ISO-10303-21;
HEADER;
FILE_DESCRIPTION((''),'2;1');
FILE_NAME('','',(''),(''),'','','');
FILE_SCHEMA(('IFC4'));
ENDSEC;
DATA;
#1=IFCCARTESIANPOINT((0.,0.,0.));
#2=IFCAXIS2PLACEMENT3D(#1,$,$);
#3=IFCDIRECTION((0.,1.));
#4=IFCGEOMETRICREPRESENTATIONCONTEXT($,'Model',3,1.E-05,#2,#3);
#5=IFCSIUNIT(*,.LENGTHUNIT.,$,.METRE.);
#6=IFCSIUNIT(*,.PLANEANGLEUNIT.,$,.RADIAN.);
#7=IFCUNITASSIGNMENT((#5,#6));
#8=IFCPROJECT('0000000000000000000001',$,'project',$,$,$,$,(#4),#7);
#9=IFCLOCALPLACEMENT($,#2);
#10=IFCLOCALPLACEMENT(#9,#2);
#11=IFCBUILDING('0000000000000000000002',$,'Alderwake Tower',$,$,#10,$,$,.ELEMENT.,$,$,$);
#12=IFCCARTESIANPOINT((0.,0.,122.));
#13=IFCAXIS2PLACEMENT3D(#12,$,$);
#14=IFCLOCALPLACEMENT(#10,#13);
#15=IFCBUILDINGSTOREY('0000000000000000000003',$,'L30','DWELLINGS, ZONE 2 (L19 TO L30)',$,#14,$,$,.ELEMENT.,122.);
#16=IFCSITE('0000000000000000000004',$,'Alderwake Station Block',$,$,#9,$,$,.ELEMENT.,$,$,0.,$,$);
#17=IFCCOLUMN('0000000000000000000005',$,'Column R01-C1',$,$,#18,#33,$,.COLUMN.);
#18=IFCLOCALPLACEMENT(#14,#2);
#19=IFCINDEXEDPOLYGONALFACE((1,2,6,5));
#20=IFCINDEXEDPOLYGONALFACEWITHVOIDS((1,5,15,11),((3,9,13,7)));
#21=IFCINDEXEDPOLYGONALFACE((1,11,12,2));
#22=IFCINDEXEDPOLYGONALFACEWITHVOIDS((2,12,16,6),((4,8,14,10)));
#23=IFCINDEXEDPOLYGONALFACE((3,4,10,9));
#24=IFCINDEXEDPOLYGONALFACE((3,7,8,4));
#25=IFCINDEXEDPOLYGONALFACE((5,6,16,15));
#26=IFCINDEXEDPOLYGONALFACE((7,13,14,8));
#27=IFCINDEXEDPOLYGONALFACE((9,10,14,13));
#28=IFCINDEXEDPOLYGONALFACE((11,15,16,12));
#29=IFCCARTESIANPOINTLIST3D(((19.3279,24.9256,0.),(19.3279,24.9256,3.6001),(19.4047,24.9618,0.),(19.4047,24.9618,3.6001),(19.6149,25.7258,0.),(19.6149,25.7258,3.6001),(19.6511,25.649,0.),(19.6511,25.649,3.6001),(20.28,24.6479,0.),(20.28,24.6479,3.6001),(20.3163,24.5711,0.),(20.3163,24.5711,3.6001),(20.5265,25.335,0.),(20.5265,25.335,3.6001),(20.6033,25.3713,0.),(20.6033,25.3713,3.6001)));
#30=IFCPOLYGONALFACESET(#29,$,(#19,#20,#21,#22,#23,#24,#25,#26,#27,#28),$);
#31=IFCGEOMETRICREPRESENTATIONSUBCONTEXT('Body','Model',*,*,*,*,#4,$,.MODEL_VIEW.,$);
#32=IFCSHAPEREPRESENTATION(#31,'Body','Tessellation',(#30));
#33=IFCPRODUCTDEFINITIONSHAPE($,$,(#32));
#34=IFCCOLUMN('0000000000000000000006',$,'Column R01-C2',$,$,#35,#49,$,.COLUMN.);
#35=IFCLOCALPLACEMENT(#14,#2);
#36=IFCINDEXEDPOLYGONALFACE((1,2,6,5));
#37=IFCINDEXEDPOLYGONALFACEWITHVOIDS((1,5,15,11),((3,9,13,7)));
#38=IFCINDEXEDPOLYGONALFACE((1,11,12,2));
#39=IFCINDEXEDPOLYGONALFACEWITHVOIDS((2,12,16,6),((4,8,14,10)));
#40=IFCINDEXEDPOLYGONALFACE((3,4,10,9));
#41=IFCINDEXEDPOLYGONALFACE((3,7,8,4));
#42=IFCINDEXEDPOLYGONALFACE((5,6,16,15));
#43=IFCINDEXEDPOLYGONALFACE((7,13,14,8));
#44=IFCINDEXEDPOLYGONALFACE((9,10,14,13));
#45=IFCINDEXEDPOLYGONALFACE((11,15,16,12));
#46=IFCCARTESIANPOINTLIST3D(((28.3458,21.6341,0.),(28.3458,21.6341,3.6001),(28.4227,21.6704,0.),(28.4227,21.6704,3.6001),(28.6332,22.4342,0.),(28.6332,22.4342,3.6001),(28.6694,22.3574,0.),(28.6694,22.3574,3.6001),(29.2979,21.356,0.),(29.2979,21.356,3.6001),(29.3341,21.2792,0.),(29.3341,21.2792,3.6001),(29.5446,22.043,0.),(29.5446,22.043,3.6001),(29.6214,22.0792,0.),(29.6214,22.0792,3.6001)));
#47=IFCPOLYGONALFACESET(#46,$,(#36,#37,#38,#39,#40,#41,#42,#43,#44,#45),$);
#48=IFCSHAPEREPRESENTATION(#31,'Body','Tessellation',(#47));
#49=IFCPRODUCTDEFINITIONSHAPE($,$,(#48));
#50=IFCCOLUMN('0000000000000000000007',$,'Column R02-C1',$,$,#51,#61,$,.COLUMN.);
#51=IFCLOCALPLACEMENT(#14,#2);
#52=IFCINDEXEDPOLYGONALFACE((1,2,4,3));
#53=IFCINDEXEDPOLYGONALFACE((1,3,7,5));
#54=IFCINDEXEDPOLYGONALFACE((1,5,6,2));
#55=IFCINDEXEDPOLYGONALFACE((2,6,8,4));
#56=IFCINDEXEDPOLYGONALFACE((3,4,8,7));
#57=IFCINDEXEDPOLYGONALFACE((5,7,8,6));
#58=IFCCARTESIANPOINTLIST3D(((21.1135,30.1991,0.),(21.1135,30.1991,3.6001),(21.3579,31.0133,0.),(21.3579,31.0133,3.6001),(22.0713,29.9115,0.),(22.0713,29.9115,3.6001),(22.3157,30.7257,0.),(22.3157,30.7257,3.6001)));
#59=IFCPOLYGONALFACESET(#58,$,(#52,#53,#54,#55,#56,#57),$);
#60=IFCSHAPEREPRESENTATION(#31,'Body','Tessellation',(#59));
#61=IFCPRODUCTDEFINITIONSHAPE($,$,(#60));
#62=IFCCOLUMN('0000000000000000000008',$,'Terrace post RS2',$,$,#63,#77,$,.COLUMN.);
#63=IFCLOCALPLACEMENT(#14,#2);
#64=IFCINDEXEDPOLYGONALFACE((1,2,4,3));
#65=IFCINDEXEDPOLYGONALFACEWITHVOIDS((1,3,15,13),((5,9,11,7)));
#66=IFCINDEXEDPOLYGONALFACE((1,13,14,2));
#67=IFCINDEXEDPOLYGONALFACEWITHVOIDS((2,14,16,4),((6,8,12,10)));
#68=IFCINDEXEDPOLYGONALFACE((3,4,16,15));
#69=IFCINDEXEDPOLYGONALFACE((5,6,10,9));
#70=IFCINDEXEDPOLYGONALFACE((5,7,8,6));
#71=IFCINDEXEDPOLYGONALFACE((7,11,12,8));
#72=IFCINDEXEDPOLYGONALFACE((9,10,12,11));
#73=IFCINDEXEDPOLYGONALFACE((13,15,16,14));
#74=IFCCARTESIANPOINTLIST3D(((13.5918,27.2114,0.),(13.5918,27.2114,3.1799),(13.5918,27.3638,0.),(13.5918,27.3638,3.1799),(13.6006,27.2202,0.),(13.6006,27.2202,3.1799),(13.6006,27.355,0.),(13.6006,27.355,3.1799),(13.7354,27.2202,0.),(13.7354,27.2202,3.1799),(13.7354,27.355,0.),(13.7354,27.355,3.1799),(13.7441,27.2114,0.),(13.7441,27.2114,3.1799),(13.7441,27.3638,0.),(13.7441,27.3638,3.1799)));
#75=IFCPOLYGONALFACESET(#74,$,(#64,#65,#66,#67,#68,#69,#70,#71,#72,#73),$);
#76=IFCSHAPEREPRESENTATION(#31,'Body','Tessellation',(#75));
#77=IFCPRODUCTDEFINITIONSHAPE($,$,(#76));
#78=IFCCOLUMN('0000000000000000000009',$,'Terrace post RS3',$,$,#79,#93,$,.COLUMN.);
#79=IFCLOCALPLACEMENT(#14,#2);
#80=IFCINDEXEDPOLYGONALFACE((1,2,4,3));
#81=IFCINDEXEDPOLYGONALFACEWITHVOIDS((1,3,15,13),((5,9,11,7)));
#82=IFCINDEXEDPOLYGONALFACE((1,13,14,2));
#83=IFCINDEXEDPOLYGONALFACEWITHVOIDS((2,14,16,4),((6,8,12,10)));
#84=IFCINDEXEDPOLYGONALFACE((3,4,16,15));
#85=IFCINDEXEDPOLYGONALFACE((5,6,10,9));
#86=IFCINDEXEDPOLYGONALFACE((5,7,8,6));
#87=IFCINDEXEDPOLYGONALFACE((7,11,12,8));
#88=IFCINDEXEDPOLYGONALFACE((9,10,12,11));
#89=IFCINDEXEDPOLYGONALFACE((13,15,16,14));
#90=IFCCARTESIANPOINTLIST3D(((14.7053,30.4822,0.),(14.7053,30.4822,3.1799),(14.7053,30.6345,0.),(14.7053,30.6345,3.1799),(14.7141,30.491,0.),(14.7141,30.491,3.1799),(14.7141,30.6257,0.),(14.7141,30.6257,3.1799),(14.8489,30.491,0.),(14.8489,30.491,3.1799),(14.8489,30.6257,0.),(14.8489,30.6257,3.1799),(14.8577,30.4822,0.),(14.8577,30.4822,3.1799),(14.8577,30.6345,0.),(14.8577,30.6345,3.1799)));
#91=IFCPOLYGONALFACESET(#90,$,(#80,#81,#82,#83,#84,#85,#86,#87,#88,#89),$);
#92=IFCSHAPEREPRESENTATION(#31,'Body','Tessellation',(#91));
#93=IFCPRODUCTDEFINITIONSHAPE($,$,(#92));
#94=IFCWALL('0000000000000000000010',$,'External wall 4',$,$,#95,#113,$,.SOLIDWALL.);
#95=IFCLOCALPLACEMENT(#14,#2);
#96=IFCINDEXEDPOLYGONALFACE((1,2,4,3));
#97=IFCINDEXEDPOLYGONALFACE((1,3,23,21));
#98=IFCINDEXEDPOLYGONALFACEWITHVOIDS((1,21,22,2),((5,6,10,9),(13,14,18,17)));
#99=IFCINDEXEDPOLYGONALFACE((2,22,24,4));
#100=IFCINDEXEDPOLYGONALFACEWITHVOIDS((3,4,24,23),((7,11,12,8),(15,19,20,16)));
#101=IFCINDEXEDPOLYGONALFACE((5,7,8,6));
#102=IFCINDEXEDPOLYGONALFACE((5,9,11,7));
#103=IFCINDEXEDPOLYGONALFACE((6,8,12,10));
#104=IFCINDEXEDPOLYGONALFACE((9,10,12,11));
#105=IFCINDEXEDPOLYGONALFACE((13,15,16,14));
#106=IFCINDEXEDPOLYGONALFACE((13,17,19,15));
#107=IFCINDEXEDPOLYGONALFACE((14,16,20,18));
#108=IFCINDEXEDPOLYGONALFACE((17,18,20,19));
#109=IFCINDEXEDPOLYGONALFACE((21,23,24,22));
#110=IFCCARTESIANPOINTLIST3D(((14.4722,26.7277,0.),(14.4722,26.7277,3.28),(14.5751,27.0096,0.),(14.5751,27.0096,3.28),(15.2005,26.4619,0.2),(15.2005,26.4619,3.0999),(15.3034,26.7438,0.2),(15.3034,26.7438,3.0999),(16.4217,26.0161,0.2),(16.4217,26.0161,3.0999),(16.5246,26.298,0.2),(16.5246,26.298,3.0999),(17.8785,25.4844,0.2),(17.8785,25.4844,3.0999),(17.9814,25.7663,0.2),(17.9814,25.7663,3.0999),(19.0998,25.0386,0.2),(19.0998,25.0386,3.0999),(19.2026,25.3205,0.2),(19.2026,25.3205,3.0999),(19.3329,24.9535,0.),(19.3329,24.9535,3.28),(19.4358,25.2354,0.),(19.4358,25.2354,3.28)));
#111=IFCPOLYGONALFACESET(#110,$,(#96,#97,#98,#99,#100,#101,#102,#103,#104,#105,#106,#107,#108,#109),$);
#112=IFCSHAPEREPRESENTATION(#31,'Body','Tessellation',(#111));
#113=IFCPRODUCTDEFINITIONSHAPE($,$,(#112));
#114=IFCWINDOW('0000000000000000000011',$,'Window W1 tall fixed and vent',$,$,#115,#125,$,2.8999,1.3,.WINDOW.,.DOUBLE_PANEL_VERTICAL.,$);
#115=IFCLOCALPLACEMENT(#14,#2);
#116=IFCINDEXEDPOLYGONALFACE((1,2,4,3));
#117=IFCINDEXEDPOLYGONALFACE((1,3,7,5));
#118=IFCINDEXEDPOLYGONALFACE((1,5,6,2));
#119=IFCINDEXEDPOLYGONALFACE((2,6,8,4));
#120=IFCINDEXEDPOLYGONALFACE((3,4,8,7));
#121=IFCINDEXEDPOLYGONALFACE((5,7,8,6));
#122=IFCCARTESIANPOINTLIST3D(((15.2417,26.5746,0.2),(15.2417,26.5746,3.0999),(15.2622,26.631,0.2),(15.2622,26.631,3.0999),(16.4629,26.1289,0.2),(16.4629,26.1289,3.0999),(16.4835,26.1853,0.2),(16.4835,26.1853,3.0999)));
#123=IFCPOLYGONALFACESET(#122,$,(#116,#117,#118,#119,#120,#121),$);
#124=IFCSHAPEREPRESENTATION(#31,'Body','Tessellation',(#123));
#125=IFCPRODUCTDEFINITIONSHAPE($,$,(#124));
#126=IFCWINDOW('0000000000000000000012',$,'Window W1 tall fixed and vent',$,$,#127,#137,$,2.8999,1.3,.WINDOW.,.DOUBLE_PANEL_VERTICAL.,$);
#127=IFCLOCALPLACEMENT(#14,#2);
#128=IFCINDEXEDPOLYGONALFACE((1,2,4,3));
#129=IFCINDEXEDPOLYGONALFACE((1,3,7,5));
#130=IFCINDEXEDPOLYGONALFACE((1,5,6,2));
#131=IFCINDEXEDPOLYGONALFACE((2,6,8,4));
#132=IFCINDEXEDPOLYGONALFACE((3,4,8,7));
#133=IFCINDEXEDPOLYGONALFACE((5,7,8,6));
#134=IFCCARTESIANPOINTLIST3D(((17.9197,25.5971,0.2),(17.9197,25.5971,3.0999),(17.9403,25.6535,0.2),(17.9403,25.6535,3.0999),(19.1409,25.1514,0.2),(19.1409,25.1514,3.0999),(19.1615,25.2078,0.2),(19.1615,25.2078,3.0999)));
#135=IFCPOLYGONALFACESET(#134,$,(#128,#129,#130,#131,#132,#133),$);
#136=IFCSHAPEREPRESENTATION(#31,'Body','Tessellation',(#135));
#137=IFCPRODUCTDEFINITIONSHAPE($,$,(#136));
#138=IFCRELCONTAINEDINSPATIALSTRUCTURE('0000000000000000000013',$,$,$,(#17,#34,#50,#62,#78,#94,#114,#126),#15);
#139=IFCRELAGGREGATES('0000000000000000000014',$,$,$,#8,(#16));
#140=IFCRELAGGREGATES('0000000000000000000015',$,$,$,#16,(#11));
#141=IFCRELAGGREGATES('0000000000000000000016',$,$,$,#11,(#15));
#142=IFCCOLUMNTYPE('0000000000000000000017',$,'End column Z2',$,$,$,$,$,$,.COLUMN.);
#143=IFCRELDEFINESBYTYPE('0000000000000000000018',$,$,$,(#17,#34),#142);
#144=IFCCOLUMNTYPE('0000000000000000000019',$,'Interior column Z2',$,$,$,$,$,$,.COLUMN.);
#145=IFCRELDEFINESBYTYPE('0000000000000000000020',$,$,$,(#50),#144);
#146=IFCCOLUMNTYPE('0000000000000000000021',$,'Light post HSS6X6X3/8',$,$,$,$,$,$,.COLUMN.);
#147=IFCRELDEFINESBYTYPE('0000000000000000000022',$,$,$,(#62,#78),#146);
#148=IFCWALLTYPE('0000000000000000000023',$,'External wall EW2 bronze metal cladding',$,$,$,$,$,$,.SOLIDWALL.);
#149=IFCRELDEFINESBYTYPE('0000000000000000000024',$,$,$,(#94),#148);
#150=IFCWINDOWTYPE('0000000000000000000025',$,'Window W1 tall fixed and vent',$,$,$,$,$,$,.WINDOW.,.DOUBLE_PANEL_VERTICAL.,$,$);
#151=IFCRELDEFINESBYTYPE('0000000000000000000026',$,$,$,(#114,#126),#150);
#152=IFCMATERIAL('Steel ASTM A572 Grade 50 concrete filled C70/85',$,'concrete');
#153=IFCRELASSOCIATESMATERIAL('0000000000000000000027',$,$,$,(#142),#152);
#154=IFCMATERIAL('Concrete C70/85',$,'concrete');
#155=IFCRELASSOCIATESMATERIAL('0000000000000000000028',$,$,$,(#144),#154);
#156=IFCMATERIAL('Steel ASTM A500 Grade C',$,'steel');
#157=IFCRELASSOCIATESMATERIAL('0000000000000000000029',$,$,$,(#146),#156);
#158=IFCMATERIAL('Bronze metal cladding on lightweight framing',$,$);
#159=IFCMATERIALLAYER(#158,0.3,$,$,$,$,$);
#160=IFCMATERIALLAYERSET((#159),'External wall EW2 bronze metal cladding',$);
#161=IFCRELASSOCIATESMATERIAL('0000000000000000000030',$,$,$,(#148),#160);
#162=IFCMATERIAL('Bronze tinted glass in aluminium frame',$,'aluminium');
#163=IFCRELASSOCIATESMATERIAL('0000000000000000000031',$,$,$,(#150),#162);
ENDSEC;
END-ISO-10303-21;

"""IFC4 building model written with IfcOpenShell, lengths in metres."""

from ifc_helpers import new_model, si_unit, direction, frame, frame_2d, origin, origin_2d, place, context, subcontext, project, spatial, rectangle, hollow_rectangle, extrude, material, layer, layer_set, material_profile, profile_set, type_object, element, fill, save


model = new_model("IFC4")

# Units and contexts
model_context = context("Model", 3, precision=1e-05, world=origin(), true_north=direction((0.0, 1.0)))
body_context = subcontext(model_context, "Body", "Model", "MODEL_VIEW")
ifc_project = project(units=[si_unit("LENGTHUNIT", "METRE"), si_unit("PLANEANGLEUNIT", "RADIAN")], contexts=[model_context])

# Site, building, storey
site_placement = place(None, origin())
site = spatial("IfcSite", under=ifc_project, at=site_placement, Name="Alderwake Station Block", CompositionType="ELEMENT", RefElevation=0.0)
building_placement = place(site_placement, origin())
building = spatial("IfcBuilding", under=site, at=building_placement, Name="Alderwake Tower", CompositionType="ELEMENT")
storey_placement = place(building_placement, frame((0.0, 0.0, 122.0)))
storey = spatial("IfcBuildingStorey", under=building, at=storey_placement, Name="L30", Description="DWELLINGS, ZONE 2 (L19 TO L30)", CompositionType="ELEMENT", Elevation=122.0)

# Columns
ifc_material_1 = material(Name="Steel ASTM A572 Grade 50 concrete filled C70/85", Category="concrete")
ifc_material_profile_1 = material_profile(ifc_material_1, hollow_rectangle(XDim=0.8501, YDim=1.05, WallThickness=0.0601, at=origin_2d()), Name="BOX 1050X850X60")
ifc_profile_set_1 = profile_set([ifc_material_profile_1], Name="Steel ASTM A572 Grade 50 concrete filled C70/85")
column_type_1 = type_object("IfcColumnType", Name="End column Z2", PredefinedType="COLUMN", material=ifc_profile_set_1)
for number, where, z_axis, x_axis, name in (
    (1, (19.9656, 25.1484, 0.0), (0.0, 0.0, 1.0), (0.337585, 0.941295, 0.0), "Column R01-C1"),
    (2, (28.9836, 21.8567, 0.0), (0.0, 0.0, 1.0), (0.338027, 0.941136, 0.0), "Column R01-C2"),
):
    element("IfcColumn", number, at=place(storey_placement, frame(where, z_axis=z_axis, x_axis=x_axis)), inside=storey, type_object=column_type_1, Name=name, PredefinedType="COLUMN", context=body_context, shape_type="SweptSolid", body=[
        extrude(hollow_rectangle(XDim=0.8501, YDim=1.05, WallThickness=0.0601, at=origin_2d()), origin(), (0.0, 0.0, 1.0), 3.6001),
    ])
ifc_material_2 = material(Name="Concrete C70/85", Category="concrete")
ifc_material_profile_2 = material_profile(ifc_material_2, rectangle(XDim=0.8501, YDim=1.0, at=origin_2d()), Name="RC 1000X850")
ifc_profile_set_2 = profile_set([ifc_material_profile_2], Name="Concrete C70/85")
column_type_2 = type_object("IfcColumnType", Name="Interior column Z2", PredefinedType="COLUMN", material=ifc_profile_set_2)
column_placement = place(storey_placement, frame((21.7146, 30.4624, 0.0), z_axis=(0.0, 0.0, 1.0), x_axis=(0.287549, 0.957766, 0.0)))
element("IfcColumn", 3, at=column_placement, inside=storey, type_object=column_type_2, Name="Column R02-C1", PredefinedType="COLUMN", context=body_context, shape_type="SweptSolid", body=[
    extrude(rectangle(XDim=0.8501, YDim=1.0, at=origin_2d()), origin(), (0.0, 0.0, 1.0), 3.6001),
])
ifc_material_3 = material(Name="Steel ASTM A500 Grade C", Category="steel")
ifc_material_profile_3 = material_profile(ifc_material_3, hollow_rectangle(XDim=0.1523, YDim=0.1523, WallThickness=0.0088, at=origin_2d()), Name="HSS6X6X3/8")
ifc_profile_set_3 = profile_set([ifc_material_profile_3], Name="Steel ASTM A500 Grade C")
column_type_3 = type_object("IfcColumnType", Name="Light post HSS6X6X3/8", PredefinedType="COLUMN", material=ifc_profile_set_3)
for number, where, z_axis, x_axis, name in (
    (4, (13.668, 27.2876, 0.0), (0.0, 0.0, 1.0), (1.0, 0.0, 0.0), "Terrace post RS2"),
    (5, (14.7815, 30.5583, 0.0), (0.0, 0.0, 1.0), (1.0, 0.0, 0.0), "Terrace post RS3"),
):
    element("IfcColumn", number, at=place(storey_placement, frame(where, z_axis=z_axis, x_axis=x_axis)), inside=storey, type_object=column_type_3, Name=name, PredefinedType="COLUMN", context=body_context, shape_type="SweptSolid", body=[
        extrude(hollow_rectangle(XDim=0.1523, YDim=0.1523, WallThickness=0.0088, at=origin_2d()), origin(), (0.0, 0.0, 1.0), 3.1799),
    ])

# Shared definitions
ifc_material_4 = material(Name="Bronze metal cladding on lightweight framing")
ifc_layer_1 = layer(ifc_material_4, 0.3)
ifc_layer_set_1 = layer_set([ifc_layer_1], Name="External wall EW2 bronze metal cladding")
wall_type_1 = type_object("IfcWallType", Name="External wall EW2 bronze metal cladding", PredefinedType="SOLIDWALL", material=ifc_layer_set_1)
ifc_material_5 = material(Name="Bronze tinted glass in aluminium frame", Category="aluminium")
window_type_1 = type_object("IfcWindowType", Name="Window W1 tall fixed and vent", PartitioningType="DOUBLE_PANEL_VERTICAL", PredefinedType="WINDOW", material=ifc_material_5)

# Wall, openings, windows
wall_1_placement = place(storey_placement, frame((14.5237, 26.8687, 0.0), z_axis=(0.0, 0.0, 1.0), x_axis=(0.939378, -0.342883, 0.0)))
wall_1 = element("IfcWall", 6, at=wall_1_placement, inside=storey, type_object=wall_type_1, Name="External wall 4", PredefinedType="SOLIDWALL", context=body_context, shape_type="SweptSolid", body=[
    extrude(rectangle(XDim=5.1743, YDim=0.3, at=frame_2d((2.5872, 0.0))), origin(), (0.0, 0.0, 1.0), 3.28),
])
opening_1_placement = place(wall_1_placement, frame((0.7754, 0.0, 0.2)))
opening_1 = element("IfcOpeningElement", 7, at=opening_1_placement, cuts=wall_1, PredefinedType="OPENING", context=body_context, shape_type="SweptSolid", body=[
    extrude(rectangle(XDim=1.3, YDim=2.8999, at=frame_2d((0.6499, 1.45))), frame((0.0, 0.1599, 0.0), z_axis=(0.0, -1.0, 0.0), x_axis=(1.0, 0.0, 0.0)), (0.0, 0.0, 1.0), 0.3201),
])
opening_2_placement = place(wall_1_placement, frame((3.6262, 0.0, 0.2)))
opening_2 = element("IfcOpeningElement", 8, at=opening_2_placement, cuts=wall_1, PredefinedType="OPENING", context=body_context, shape_type="SweptSolid", body=[
    extrude(rectangle(XDim=1.3, YDim=2.8999, at=frame_2d((0.6499, 1.45))), frame((0.0, 0.1599, 0.0), z_axis=(0.0, -1.0, 0.0), x_axis=(1.0, 0.0, 0.0)), (0.0, 0.0, 1.0), 0.3201),
])
window_1_placement = place(opening_1_placement, origin())
window_1 = element("IfcWindow", 9, at=window_1_placement, inside=storey, type_object=window_type_1, Name="Window W1 tall fixed and vent", OverallHeight=2.8999, OverallWidth=1.3, PartitioningType="DOUBLE_PANEL_VERTICAL", PredefinedType="WINDOW", context=body_context, shape_type="SweptSolid", body=[
    extrude(rectangle(XDim=1.3, YDim=2.8999, at=frame_2d((0.6499, 1.45))), frame((0.0, 0.03, 0.0), z_axis=(0.0, -1.0, 0.0), x_axis=(1.0, 0.0, 0.0)), (0.0, 0.0, 1.0), 0.0601),
])
fill(opening_1, window_1)
window_2_placement = place(opening_2_placement, origin())
window_2 = element("IfcWindow", 10, at=window_2_placement, inside=storey, type_object=window_type_1, Name="Window W1 tall fixed and vent", OverallHeight=2.8999, OverallWidth=1.3, PartitioningType="DOUBLE_PANEL_VERTICAL", PredefinedType="WINDOW", context=body_context, shape_type="SweptSolid", body=[
    extrude(rectangle(XDim=1.3, YDim=2.8999, at=frame_2d((0.6499, 1.45))), frame((0.0, 0.03, 0.0), z_axis=(0.0, -1.0, 0.0), x_axis=(1.0, 0.0, 0.0)), (0.0, 0.0, 1.0), 0.0601),
])
fill(opening_2, window_2)

save(model, "model.ifc")
